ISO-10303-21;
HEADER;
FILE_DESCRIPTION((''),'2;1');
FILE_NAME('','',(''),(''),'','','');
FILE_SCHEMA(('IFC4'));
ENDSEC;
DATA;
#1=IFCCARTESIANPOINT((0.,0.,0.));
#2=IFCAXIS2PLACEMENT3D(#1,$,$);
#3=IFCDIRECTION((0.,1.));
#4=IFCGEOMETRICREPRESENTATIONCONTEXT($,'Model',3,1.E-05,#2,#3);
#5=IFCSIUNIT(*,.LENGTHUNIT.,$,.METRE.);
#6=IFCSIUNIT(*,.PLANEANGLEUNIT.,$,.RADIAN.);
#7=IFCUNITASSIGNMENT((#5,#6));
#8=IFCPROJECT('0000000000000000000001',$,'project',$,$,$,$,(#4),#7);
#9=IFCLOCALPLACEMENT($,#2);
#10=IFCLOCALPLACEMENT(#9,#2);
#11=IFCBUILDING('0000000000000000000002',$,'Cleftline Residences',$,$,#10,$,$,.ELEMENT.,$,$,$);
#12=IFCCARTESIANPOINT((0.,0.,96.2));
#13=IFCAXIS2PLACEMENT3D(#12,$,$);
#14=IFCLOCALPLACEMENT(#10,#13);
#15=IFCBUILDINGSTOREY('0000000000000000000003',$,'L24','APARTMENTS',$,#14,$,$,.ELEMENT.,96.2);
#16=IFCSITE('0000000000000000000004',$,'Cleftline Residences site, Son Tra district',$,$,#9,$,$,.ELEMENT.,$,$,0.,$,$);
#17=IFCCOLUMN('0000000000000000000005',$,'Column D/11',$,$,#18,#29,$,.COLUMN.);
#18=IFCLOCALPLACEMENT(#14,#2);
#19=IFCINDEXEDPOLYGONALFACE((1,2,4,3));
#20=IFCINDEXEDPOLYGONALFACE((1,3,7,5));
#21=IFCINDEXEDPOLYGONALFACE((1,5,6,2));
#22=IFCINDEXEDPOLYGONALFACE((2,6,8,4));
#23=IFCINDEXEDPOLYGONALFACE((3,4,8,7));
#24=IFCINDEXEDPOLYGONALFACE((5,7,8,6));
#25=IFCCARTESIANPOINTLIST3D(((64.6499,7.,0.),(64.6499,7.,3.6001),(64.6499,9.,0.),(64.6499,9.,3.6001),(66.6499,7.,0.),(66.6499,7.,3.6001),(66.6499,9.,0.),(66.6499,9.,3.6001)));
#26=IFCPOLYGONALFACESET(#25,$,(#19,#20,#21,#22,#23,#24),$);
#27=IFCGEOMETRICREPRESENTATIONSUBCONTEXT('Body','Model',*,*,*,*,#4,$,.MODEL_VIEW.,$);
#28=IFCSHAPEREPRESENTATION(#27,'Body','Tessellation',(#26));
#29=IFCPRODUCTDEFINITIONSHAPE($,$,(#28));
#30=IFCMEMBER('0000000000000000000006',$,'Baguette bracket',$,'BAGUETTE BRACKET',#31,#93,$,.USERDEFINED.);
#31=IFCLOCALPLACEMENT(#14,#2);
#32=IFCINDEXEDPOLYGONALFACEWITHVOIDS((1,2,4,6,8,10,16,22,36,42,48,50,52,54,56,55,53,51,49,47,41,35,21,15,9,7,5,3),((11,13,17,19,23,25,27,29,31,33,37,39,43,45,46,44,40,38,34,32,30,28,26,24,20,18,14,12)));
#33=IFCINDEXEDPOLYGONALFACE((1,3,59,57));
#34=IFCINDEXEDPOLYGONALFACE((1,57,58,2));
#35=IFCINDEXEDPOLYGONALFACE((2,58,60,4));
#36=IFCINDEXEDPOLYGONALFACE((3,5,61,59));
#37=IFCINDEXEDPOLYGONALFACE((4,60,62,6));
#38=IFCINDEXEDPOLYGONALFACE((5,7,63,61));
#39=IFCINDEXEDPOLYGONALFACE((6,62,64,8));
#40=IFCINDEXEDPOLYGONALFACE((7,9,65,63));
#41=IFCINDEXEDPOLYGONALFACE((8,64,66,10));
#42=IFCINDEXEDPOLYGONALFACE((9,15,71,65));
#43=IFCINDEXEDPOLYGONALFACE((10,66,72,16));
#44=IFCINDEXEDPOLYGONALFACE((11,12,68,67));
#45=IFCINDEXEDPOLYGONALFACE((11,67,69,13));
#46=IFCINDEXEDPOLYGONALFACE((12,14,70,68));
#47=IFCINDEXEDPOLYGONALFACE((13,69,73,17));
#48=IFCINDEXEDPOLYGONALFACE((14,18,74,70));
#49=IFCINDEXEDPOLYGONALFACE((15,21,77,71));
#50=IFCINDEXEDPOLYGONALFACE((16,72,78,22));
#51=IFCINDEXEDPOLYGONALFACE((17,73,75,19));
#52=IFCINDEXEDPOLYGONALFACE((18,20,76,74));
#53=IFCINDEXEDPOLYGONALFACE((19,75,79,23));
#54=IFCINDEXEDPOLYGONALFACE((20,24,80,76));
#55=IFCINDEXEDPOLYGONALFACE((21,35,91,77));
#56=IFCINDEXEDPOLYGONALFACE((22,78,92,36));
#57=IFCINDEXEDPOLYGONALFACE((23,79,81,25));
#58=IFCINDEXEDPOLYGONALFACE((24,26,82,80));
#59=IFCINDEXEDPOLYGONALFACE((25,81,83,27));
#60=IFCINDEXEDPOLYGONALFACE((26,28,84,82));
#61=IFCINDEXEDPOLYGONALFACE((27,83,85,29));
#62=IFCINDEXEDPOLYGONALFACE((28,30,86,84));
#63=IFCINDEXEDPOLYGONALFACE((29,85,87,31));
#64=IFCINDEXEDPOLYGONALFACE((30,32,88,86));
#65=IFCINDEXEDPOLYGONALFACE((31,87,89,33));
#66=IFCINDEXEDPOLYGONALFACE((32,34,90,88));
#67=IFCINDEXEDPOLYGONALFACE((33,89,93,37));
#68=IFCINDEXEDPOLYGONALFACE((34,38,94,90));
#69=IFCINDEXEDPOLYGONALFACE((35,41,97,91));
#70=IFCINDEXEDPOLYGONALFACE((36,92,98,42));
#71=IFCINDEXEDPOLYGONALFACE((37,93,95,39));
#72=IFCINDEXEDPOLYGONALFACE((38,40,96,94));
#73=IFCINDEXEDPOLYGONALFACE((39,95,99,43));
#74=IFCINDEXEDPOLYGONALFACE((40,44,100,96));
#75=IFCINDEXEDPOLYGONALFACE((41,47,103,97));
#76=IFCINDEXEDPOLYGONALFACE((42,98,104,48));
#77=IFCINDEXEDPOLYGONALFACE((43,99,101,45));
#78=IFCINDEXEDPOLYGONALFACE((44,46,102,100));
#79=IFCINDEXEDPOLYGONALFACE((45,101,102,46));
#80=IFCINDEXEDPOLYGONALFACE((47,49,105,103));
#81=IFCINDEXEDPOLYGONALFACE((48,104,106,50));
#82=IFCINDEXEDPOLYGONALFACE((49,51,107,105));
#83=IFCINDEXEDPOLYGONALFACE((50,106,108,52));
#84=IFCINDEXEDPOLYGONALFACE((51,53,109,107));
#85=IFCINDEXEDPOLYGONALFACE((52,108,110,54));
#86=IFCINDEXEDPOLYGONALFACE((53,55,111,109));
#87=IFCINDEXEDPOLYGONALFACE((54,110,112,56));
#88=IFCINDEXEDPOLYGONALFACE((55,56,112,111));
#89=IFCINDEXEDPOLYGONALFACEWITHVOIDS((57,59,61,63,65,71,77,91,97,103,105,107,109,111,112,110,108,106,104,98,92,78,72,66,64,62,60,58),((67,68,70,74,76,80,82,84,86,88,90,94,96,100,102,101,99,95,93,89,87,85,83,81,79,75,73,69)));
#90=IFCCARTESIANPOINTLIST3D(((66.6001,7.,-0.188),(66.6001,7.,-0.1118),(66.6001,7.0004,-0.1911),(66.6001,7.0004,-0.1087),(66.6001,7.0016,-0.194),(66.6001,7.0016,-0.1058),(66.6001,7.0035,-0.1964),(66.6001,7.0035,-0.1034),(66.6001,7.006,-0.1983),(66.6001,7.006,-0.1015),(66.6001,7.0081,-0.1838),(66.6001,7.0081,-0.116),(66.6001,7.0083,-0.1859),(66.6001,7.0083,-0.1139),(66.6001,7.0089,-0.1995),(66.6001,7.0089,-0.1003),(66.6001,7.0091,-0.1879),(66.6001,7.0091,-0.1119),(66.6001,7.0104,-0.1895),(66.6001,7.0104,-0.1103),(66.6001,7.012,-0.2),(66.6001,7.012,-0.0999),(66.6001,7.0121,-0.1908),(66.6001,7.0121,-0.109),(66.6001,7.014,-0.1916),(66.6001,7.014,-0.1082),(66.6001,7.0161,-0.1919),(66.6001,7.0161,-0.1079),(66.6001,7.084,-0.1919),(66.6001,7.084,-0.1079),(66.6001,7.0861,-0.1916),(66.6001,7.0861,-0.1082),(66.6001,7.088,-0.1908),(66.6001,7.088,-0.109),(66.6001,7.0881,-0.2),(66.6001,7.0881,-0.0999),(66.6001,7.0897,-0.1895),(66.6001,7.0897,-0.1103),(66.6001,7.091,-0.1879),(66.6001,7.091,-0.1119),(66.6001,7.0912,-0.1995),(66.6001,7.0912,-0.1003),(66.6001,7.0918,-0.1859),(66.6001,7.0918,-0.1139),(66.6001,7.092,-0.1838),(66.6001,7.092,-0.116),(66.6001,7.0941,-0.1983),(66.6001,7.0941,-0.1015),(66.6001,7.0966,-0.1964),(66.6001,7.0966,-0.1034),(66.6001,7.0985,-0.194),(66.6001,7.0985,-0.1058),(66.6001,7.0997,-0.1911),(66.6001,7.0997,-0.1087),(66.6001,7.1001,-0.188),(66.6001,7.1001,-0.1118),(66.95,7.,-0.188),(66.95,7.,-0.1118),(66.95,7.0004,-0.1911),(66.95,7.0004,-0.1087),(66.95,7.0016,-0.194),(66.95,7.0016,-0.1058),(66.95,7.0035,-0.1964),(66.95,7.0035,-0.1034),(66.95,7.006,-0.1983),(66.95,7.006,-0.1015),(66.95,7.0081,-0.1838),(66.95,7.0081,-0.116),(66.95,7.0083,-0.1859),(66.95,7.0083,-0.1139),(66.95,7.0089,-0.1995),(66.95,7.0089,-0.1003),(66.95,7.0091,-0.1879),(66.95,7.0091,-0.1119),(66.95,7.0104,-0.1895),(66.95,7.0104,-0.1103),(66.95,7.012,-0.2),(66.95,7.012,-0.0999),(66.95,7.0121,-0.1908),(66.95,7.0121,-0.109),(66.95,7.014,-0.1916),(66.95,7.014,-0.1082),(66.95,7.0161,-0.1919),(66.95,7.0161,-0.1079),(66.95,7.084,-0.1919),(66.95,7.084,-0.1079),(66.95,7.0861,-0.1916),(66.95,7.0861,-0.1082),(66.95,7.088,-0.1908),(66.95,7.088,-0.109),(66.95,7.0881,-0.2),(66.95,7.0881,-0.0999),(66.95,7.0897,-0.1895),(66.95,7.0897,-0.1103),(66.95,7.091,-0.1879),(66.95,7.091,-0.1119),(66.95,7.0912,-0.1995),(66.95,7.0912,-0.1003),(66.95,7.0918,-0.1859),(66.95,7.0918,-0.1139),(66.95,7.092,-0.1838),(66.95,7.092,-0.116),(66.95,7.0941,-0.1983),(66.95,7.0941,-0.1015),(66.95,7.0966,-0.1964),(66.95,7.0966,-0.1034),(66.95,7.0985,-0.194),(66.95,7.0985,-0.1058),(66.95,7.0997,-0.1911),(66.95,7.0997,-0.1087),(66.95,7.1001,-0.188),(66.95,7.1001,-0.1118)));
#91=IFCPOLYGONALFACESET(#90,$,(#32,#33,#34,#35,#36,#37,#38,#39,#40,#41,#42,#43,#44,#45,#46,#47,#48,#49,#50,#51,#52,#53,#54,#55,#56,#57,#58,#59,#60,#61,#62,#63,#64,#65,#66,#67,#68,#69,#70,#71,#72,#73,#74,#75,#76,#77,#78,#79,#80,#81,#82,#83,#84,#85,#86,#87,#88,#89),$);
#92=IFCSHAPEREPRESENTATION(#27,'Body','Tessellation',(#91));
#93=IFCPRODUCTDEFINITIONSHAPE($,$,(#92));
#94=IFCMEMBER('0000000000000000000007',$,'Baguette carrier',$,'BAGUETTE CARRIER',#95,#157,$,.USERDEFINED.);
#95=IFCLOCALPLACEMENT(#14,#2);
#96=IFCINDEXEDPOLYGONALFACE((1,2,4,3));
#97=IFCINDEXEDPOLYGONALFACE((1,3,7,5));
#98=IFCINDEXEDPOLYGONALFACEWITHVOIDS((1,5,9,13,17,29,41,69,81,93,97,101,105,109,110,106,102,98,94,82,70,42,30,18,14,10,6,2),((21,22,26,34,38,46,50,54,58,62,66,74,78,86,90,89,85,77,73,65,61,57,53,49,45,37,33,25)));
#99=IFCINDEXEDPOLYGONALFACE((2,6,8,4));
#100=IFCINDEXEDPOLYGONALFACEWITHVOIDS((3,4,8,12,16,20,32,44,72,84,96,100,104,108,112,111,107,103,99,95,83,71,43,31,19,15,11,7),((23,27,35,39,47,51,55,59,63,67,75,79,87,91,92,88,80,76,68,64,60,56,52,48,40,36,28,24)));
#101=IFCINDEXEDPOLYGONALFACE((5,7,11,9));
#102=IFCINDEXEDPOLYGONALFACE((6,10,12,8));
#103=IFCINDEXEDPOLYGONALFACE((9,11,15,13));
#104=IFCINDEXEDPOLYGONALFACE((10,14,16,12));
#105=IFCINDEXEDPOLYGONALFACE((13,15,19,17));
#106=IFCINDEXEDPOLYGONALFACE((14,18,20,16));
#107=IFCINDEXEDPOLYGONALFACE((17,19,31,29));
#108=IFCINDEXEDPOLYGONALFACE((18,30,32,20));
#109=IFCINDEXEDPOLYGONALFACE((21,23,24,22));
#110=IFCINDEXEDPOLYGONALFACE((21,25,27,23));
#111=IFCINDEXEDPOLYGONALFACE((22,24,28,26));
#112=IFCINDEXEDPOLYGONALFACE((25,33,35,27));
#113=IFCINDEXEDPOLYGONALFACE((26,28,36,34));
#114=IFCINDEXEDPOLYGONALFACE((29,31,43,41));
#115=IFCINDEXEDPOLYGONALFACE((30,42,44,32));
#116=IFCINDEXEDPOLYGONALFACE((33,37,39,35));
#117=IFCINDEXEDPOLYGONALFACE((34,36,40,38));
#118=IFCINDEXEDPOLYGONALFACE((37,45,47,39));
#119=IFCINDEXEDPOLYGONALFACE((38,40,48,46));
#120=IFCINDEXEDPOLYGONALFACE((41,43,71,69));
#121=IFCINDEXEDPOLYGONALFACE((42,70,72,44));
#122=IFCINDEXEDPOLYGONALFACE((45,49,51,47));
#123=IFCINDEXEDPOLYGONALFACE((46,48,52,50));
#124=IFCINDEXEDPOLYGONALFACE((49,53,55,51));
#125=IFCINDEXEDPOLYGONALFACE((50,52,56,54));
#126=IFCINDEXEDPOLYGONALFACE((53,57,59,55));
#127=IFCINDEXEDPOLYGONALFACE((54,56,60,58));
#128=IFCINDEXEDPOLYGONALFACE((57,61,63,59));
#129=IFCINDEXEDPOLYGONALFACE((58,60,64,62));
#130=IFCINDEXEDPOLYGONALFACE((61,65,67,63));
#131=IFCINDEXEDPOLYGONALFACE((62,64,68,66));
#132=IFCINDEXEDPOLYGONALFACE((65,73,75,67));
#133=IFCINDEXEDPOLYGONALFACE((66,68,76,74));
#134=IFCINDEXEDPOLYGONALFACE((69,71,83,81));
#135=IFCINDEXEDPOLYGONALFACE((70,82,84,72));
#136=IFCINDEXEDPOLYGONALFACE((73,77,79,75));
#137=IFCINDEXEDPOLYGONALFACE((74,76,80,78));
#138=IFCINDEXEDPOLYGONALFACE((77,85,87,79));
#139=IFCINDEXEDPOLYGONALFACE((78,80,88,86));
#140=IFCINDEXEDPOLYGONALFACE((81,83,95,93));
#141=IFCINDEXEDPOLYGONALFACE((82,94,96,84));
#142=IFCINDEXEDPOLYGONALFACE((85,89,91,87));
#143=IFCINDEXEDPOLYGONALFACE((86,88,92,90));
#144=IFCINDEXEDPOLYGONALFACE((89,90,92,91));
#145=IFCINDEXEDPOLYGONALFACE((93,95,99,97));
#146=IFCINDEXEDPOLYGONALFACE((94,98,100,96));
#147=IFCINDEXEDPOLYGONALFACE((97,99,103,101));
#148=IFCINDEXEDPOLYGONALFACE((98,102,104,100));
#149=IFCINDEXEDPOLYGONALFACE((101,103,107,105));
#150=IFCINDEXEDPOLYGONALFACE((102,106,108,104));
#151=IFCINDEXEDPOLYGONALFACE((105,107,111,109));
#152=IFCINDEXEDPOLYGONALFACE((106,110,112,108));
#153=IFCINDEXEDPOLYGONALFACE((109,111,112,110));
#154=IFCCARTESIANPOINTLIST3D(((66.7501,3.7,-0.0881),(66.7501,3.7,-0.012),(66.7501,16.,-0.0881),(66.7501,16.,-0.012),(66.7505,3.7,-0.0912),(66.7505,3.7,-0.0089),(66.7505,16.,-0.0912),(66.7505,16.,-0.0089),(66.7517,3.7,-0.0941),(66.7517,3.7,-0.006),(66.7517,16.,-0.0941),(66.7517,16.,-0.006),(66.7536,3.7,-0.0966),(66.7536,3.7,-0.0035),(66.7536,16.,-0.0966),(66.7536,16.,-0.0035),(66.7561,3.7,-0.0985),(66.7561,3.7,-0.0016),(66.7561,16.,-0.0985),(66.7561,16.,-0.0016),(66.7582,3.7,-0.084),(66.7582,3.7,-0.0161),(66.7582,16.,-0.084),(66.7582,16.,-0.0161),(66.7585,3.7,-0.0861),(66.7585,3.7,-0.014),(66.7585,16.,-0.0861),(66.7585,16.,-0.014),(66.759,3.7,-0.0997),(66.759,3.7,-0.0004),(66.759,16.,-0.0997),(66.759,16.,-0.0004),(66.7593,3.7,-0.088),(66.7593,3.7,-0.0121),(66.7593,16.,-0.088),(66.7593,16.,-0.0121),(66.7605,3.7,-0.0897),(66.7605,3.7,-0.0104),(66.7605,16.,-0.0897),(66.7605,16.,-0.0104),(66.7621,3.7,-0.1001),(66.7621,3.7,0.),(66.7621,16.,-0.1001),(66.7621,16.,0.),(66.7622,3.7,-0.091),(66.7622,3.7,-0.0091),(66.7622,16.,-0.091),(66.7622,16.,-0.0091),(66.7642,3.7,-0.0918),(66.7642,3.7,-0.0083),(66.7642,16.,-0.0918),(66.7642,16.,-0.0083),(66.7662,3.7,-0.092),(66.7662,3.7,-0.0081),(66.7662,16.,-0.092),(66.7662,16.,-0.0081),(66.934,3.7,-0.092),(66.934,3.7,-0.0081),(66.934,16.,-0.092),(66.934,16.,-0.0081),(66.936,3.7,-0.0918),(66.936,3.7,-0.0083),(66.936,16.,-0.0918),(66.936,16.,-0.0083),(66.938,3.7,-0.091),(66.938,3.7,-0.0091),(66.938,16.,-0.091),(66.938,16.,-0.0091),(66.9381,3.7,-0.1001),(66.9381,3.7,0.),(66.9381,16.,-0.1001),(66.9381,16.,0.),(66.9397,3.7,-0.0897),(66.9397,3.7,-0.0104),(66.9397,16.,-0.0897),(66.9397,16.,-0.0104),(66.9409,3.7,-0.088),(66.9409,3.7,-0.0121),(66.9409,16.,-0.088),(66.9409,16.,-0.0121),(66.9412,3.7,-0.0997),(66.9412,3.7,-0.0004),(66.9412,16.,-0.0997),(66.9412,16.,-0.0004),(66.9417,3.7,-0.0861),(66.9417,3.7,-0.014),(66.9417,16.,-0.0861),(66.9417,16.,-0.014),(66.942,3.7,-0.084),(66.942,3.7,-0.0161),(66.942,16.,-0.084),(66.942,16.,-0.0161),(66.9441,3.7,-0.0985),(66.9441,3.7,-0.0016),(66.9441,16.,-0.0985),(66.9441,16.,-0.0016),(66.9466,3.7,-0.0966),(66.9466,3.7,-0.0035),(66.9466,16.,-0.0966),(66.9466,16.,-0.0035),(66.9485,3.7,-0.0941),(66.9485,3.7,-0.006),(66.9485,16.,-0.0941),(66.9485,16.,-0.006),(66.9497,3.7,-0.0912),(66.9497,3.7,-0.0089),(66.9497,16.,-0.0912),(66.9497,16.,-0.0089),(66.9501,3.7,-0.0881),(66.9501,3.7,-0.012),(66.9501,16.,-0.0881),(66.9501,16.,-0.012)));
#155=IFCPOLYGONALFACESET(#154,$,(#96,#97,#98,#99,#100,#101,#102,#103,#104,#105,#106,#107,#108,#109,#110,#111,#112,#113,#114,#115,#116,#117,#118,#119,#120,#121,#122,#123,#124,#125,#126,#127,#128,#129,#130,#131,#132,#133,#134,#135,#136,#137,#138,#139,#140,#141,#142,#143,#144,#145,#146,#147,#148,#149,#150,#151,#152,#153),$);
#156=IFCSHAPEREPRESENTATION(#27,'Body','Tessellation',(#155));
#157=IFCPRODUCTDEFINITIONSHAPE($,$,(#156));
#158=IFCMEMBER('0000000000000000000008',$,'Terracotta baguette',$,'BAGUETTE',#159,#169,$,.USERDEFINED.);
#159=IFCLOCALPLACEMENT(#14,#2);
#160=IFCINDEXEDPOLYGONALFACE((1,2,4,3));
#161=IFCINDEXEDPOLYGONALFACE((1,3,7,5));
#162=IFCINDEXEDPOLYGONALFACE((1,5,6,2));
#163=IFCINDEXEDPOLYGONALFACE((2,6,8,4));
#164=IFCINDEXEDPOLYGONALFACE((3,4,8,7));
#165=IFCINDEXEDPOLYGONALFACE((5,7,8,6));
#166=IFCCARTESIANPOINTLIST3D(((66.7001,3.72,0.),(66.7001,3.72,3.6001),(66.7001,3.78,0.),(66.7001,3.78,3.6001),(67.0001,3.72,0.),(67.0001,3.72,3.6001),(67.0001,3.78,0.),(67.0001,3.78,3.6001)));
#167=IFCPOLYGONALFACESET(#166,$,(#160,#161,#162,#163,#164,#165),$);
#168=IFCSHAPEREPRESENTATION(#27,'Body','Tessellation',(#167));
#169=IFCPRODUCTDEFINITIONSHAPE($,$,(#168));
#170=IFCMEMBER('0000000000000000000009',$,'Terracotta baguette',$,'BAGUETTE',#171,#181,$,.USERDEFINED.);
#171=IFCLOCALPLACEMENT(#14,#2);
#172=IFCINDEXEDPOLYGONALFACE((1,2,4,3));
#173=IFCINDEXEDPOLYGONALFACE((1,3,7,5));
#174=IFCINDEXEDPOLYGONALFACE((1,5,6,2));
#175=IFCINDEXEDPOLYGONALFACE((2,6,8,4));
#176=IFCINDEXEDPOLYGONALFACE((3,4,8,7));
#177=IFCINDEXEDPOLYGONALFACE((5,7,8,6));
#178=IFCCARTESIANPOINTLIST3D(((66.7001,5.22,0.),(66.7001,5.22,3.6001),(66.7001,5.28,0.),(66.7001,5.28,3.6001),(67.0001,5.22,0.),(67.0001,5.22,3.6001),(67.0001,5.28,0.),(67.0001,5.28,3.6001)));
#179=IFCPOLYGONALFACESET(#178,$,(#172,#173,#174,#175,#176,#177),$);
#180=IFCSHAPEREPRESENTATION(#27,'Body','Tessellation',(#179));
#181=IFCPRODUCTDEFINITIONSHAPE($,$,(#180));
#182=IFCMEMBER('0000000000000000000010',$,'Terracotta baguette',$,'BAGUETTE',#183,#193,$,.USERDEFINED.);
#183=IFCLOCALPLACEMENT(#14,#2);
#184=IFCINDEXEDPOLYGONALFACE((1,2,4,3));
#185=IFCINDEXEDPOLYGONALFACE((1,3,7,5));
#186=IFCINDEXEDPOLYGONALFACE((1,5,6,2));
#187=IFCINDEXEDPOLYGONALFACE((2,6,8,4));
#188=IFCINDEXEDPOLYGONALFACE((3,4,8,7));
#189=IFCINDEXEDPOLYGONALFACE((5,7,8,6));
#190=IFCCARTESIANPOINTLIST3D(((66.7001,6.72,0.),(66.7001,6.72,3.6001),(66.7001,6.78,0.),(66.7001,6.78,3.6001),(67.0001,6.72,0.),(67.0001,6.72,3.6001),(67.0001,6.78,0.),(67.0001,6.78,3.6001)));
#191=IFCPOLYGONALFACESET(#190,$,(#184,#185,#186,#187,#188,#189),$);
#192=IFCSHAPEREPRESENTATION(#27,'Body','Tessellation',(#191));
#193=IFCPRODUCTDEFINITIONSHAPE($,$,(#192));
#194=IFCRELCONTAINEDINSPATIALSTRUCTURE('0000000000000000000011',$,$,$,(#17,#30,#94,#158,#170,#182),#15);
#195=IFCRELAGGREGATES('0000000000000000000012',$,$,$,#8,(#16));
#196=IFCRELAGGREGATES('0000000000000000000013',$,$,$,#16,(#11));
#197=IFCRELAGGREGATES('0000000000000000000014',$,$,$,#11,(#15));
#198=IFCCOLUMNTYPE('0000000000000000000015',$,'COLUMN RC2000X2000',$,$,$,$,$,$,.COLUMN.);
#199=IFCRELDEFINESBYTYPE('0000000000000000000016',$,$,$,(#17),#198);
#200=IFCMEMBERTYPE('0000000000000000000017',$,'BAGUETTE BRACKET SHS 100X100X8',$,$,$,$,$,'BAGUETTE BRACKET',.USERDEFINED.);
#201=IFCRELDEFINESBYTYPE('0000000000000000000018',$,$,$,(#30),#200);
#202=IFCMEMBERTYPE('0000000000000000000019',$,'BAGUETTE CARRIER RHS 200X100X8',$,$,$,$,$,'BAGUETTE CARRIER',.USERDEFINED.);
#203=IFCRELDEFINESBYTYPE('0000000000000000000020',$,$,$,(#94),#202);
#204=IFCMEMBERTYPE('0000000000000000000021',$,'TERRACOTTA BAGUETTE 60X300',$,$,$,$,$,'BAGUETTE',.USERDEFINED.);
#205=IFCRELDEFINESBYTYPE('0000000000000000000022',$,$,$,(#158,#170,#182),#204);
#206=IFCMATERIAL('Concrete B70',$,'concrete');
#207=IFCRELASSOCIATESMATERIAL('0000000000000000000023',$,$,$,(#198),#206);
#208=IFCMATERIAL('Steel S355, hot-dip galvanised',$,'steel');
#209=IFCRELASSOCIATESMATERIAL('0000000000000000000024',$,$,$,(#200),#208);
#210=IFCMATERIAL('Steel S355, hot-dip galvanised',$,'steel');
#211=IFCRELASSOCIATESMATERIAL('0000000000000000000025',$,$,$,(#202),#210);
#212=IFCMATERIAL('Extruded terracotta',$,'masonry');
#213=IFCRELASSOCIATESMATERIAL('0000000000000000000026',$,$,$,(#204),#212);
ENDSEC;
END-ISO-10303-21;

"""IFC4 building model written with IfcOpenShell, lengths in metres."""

from ifc_helpers import new_model, si_unit, direction, frame, origin, origin_2d, place, context, subcontext, project, spatial, rectangle, hollow_rectangle, extrude, material, material_profile, profile_set, type_object, element, save


model = new_model("IFC4")

# Units and contexts
model_context = context("Model", 3, precision=1e-05, world=origin(), true_north=direction((0.0, 1.0)))
body_context = subcontext(model_context, "Body", "Model", "MODEL_VIEW")
ifc_project = project(units=[si_unit("LENGTHUNIT", "METRE"), si_unit("PLANEANGLEUNIT", "RADIAN")], contexts=[model_context])

# Site, building, storey
site_placement = place(None, origin())
site = spatial("IfcSite", under=ifc_project, at=site_placement, Name="Cleftline Residences site, Son Tra district", CompositionType="ELEMENT", RefElevation=0.0)
building_placement = place(site_placement, origin())
building = spatial("IfcBuilding", under=site, at=building_placement, Name="Cleftline Residences", CompositionType="ELEMENT")
storey_placement = place(building_placement, frame((0.0, 0.0, 96.2)))
storey = spatial("IfcBuildingStorey", under=building, at=storey_placement, Name="L24", Description="APARTMENTS", CompositionType="ELEMENT", Elevation=96.2)

# Column
ifc_material_1 = material(Name="Concrete B70", Category="concrete")
ifc_material_profile_1 = material_profile(ifc_material_1, rectangle(XDim=2.0, YDim=2.0, at=origin_2d()))
ifc_profile_set_1 = profile_set([ifc_material_profile_1], Name="Concrete B70")
column_type = type_object("IfcColumnType", Name="COLUMN RC2000X2000", PredefinedType="COLUMN", material=ifc_profile_set_1)
column_placement = place(storey_placement, frame((65.6499, 8.0, 0.0), z_axis=(0.0, 0.0, 1.0), x_axis=(1.0, 0.0, 0.0)))
element("IfcColumn", 1, at=column_placement, inside=storey, type_object=column_type, Name="Column D/11", PredefinedType="COLUMN", context=body_context, shape_type="SweptSolid", body=[
    extrude(rectangle(XDim=2.0, YDim=2.0, at=origin_2d()), origin(), (0.0, 0.0, 1.0), 3.6001),
])

# Members
ifc_material_2 = material(Name="Steel S355, hot-dip galvanised", Category="steel")
ifc_material_profile_2 = material_profile(ifc_material_2, hollow_rectangle(XDim=0.1001, YDim=0.1001, WallThickness=0.0081, InnerFilletRadius=0.0081, OuterFilletRadius=0.012, at=origin_2d()))
ifc_profile_set_2 = profile_set([ifc_material_profile_2], Name="Steel S355, hot-dip galvanised")
member_type_1 = type_object("IfcMemberType", Name="BAGUETTE BRACKET SHS 100X100X8", ElementType="BAGUETTE BRACKET", PredefinedType="USERDEFINED", material=ifc_profile_set_2)
member_1_placement = place(storey_placement, frame((66.6001, 7.05, -0.1499), z_axis=(1.0, 0.0, 0.0), x_axis=(0.0, 1.0, 0.0)))
element("IfcMember", 2, at=member_1_placement, inside=storey, type_object=member_type_1, Name="Baguette bracket", ObjectType="BAGUETTE BRACKET", PredefinedType="USERDEFINED", context=body_context, shape_type="SweptSolid", body=[
    extrude(hollow_rectangle(XDim=0.1001, YDim=0.1001, WallThickness=0.0081, InnerFilletRadius=0.0081, OuterFilletRadius=0.012, at=origin_2d()), origin(), (0.0, 0.0, 1.0), 0.3499),
])
ifc_material_3 = material(Name="Steel S355, hot-dip galvanised", Category="steel")
ifc_material_profile_3 = material_profile(ifc_material_3, hollow_rectangle(XDim=0.1001, YDim=0.2, WallThickness=0.0081, InnerFilletRadius=0.0081, OuterFilletRadius=0.012, at=origin_2d()))
ifc_profile_set_3 = profile_set([ifc_material_profile_3], Name="Steel S355, hot-dip galvanised")
member_type_2 = type_object("IfcMemberType", Name="BAGUETTE CARRIER RHS 200X100X8", ElementType="BAGUETTE CARRIER", PredefinedType="USERDEFINED", material=ifc_profile_set_3)
member_2_placement = place(storey_placement, frame((66.8501, 3.7, -0.05), z_axis=(0.0, 1.0, 0.0), x_axis=(0.0, 0.0, 1.0)))
element("IfcMember", 3, at=member_2_placement, inside=storey, type_object=member_type_2, Name="Baguette carrier", ObjectType="BAGUETTE CARRIER", PredefinedType="USERDEFINED", context=body_context, shape_type="SweptSolid", body=[
    extrude(hollow_rectangle(XDim=0.1001, YDim=0.2, WallThickness=0.0081, InnerFilletRadius=0.0081, OuterFilletRadius=0.012, at=origin_2d()), origin(), (0.0, 0.0, 1.0), 12.3),
])
ifc_material_4 = material(Name="Extruded terracotta", Category="masonry")
ifc_material_profile_4 = material_profile(ifc_material_4, rectangle(XDim=0.0601, YDim=0.3, at=origin_2d()))
ifc_profile_set_4 = profile_set([ifc_material_profile_4], Name="Extruded terracotta")
member_type_3 = type_object("IfcMemberType", Name="TERRACOTTA BAGUETTE 60X300", ElementType="BAGUETTE", PredefinedType="USERDEFINED", material=ifc_profile_set_4)
for number, where, z_axis, x_axis, name in (
    (4, (66.8501, 3.75, 0.0), (0.0, 0.0, 1.0), (0.0, 1.0, 0.0), "Terracotta baguette"),
    (5, (66.8501, 5.25, 0.0), (0.0, 0.0, 1.0), (0.0, 1.0, 0.0), "Terracotta baguette"),
    (6, (66.8501, 6.75, 0.0), (0.0, 0.0, 1.0), (0.0, 1.0, 0.0), "Terracotta baguette"),
):
    element("IfcMember", number, at=place(storey_placement, frame(where, z_axis=z_axis, x_axis=x_axis)), inside=storey, type_object=member_type_3, Name=name, ObjectType="BAGUETTE", PredefinedType="USERDEFINED", context=body_context, shape_type="SweptSolid", body=[
        extrude(rectangle(XDim=0.0601, YDim=0.3, at=origin_2d()), origin(), (0.0, 0.0, 1.0), 3.6001),
    ])

save(model, "model.ifc")
